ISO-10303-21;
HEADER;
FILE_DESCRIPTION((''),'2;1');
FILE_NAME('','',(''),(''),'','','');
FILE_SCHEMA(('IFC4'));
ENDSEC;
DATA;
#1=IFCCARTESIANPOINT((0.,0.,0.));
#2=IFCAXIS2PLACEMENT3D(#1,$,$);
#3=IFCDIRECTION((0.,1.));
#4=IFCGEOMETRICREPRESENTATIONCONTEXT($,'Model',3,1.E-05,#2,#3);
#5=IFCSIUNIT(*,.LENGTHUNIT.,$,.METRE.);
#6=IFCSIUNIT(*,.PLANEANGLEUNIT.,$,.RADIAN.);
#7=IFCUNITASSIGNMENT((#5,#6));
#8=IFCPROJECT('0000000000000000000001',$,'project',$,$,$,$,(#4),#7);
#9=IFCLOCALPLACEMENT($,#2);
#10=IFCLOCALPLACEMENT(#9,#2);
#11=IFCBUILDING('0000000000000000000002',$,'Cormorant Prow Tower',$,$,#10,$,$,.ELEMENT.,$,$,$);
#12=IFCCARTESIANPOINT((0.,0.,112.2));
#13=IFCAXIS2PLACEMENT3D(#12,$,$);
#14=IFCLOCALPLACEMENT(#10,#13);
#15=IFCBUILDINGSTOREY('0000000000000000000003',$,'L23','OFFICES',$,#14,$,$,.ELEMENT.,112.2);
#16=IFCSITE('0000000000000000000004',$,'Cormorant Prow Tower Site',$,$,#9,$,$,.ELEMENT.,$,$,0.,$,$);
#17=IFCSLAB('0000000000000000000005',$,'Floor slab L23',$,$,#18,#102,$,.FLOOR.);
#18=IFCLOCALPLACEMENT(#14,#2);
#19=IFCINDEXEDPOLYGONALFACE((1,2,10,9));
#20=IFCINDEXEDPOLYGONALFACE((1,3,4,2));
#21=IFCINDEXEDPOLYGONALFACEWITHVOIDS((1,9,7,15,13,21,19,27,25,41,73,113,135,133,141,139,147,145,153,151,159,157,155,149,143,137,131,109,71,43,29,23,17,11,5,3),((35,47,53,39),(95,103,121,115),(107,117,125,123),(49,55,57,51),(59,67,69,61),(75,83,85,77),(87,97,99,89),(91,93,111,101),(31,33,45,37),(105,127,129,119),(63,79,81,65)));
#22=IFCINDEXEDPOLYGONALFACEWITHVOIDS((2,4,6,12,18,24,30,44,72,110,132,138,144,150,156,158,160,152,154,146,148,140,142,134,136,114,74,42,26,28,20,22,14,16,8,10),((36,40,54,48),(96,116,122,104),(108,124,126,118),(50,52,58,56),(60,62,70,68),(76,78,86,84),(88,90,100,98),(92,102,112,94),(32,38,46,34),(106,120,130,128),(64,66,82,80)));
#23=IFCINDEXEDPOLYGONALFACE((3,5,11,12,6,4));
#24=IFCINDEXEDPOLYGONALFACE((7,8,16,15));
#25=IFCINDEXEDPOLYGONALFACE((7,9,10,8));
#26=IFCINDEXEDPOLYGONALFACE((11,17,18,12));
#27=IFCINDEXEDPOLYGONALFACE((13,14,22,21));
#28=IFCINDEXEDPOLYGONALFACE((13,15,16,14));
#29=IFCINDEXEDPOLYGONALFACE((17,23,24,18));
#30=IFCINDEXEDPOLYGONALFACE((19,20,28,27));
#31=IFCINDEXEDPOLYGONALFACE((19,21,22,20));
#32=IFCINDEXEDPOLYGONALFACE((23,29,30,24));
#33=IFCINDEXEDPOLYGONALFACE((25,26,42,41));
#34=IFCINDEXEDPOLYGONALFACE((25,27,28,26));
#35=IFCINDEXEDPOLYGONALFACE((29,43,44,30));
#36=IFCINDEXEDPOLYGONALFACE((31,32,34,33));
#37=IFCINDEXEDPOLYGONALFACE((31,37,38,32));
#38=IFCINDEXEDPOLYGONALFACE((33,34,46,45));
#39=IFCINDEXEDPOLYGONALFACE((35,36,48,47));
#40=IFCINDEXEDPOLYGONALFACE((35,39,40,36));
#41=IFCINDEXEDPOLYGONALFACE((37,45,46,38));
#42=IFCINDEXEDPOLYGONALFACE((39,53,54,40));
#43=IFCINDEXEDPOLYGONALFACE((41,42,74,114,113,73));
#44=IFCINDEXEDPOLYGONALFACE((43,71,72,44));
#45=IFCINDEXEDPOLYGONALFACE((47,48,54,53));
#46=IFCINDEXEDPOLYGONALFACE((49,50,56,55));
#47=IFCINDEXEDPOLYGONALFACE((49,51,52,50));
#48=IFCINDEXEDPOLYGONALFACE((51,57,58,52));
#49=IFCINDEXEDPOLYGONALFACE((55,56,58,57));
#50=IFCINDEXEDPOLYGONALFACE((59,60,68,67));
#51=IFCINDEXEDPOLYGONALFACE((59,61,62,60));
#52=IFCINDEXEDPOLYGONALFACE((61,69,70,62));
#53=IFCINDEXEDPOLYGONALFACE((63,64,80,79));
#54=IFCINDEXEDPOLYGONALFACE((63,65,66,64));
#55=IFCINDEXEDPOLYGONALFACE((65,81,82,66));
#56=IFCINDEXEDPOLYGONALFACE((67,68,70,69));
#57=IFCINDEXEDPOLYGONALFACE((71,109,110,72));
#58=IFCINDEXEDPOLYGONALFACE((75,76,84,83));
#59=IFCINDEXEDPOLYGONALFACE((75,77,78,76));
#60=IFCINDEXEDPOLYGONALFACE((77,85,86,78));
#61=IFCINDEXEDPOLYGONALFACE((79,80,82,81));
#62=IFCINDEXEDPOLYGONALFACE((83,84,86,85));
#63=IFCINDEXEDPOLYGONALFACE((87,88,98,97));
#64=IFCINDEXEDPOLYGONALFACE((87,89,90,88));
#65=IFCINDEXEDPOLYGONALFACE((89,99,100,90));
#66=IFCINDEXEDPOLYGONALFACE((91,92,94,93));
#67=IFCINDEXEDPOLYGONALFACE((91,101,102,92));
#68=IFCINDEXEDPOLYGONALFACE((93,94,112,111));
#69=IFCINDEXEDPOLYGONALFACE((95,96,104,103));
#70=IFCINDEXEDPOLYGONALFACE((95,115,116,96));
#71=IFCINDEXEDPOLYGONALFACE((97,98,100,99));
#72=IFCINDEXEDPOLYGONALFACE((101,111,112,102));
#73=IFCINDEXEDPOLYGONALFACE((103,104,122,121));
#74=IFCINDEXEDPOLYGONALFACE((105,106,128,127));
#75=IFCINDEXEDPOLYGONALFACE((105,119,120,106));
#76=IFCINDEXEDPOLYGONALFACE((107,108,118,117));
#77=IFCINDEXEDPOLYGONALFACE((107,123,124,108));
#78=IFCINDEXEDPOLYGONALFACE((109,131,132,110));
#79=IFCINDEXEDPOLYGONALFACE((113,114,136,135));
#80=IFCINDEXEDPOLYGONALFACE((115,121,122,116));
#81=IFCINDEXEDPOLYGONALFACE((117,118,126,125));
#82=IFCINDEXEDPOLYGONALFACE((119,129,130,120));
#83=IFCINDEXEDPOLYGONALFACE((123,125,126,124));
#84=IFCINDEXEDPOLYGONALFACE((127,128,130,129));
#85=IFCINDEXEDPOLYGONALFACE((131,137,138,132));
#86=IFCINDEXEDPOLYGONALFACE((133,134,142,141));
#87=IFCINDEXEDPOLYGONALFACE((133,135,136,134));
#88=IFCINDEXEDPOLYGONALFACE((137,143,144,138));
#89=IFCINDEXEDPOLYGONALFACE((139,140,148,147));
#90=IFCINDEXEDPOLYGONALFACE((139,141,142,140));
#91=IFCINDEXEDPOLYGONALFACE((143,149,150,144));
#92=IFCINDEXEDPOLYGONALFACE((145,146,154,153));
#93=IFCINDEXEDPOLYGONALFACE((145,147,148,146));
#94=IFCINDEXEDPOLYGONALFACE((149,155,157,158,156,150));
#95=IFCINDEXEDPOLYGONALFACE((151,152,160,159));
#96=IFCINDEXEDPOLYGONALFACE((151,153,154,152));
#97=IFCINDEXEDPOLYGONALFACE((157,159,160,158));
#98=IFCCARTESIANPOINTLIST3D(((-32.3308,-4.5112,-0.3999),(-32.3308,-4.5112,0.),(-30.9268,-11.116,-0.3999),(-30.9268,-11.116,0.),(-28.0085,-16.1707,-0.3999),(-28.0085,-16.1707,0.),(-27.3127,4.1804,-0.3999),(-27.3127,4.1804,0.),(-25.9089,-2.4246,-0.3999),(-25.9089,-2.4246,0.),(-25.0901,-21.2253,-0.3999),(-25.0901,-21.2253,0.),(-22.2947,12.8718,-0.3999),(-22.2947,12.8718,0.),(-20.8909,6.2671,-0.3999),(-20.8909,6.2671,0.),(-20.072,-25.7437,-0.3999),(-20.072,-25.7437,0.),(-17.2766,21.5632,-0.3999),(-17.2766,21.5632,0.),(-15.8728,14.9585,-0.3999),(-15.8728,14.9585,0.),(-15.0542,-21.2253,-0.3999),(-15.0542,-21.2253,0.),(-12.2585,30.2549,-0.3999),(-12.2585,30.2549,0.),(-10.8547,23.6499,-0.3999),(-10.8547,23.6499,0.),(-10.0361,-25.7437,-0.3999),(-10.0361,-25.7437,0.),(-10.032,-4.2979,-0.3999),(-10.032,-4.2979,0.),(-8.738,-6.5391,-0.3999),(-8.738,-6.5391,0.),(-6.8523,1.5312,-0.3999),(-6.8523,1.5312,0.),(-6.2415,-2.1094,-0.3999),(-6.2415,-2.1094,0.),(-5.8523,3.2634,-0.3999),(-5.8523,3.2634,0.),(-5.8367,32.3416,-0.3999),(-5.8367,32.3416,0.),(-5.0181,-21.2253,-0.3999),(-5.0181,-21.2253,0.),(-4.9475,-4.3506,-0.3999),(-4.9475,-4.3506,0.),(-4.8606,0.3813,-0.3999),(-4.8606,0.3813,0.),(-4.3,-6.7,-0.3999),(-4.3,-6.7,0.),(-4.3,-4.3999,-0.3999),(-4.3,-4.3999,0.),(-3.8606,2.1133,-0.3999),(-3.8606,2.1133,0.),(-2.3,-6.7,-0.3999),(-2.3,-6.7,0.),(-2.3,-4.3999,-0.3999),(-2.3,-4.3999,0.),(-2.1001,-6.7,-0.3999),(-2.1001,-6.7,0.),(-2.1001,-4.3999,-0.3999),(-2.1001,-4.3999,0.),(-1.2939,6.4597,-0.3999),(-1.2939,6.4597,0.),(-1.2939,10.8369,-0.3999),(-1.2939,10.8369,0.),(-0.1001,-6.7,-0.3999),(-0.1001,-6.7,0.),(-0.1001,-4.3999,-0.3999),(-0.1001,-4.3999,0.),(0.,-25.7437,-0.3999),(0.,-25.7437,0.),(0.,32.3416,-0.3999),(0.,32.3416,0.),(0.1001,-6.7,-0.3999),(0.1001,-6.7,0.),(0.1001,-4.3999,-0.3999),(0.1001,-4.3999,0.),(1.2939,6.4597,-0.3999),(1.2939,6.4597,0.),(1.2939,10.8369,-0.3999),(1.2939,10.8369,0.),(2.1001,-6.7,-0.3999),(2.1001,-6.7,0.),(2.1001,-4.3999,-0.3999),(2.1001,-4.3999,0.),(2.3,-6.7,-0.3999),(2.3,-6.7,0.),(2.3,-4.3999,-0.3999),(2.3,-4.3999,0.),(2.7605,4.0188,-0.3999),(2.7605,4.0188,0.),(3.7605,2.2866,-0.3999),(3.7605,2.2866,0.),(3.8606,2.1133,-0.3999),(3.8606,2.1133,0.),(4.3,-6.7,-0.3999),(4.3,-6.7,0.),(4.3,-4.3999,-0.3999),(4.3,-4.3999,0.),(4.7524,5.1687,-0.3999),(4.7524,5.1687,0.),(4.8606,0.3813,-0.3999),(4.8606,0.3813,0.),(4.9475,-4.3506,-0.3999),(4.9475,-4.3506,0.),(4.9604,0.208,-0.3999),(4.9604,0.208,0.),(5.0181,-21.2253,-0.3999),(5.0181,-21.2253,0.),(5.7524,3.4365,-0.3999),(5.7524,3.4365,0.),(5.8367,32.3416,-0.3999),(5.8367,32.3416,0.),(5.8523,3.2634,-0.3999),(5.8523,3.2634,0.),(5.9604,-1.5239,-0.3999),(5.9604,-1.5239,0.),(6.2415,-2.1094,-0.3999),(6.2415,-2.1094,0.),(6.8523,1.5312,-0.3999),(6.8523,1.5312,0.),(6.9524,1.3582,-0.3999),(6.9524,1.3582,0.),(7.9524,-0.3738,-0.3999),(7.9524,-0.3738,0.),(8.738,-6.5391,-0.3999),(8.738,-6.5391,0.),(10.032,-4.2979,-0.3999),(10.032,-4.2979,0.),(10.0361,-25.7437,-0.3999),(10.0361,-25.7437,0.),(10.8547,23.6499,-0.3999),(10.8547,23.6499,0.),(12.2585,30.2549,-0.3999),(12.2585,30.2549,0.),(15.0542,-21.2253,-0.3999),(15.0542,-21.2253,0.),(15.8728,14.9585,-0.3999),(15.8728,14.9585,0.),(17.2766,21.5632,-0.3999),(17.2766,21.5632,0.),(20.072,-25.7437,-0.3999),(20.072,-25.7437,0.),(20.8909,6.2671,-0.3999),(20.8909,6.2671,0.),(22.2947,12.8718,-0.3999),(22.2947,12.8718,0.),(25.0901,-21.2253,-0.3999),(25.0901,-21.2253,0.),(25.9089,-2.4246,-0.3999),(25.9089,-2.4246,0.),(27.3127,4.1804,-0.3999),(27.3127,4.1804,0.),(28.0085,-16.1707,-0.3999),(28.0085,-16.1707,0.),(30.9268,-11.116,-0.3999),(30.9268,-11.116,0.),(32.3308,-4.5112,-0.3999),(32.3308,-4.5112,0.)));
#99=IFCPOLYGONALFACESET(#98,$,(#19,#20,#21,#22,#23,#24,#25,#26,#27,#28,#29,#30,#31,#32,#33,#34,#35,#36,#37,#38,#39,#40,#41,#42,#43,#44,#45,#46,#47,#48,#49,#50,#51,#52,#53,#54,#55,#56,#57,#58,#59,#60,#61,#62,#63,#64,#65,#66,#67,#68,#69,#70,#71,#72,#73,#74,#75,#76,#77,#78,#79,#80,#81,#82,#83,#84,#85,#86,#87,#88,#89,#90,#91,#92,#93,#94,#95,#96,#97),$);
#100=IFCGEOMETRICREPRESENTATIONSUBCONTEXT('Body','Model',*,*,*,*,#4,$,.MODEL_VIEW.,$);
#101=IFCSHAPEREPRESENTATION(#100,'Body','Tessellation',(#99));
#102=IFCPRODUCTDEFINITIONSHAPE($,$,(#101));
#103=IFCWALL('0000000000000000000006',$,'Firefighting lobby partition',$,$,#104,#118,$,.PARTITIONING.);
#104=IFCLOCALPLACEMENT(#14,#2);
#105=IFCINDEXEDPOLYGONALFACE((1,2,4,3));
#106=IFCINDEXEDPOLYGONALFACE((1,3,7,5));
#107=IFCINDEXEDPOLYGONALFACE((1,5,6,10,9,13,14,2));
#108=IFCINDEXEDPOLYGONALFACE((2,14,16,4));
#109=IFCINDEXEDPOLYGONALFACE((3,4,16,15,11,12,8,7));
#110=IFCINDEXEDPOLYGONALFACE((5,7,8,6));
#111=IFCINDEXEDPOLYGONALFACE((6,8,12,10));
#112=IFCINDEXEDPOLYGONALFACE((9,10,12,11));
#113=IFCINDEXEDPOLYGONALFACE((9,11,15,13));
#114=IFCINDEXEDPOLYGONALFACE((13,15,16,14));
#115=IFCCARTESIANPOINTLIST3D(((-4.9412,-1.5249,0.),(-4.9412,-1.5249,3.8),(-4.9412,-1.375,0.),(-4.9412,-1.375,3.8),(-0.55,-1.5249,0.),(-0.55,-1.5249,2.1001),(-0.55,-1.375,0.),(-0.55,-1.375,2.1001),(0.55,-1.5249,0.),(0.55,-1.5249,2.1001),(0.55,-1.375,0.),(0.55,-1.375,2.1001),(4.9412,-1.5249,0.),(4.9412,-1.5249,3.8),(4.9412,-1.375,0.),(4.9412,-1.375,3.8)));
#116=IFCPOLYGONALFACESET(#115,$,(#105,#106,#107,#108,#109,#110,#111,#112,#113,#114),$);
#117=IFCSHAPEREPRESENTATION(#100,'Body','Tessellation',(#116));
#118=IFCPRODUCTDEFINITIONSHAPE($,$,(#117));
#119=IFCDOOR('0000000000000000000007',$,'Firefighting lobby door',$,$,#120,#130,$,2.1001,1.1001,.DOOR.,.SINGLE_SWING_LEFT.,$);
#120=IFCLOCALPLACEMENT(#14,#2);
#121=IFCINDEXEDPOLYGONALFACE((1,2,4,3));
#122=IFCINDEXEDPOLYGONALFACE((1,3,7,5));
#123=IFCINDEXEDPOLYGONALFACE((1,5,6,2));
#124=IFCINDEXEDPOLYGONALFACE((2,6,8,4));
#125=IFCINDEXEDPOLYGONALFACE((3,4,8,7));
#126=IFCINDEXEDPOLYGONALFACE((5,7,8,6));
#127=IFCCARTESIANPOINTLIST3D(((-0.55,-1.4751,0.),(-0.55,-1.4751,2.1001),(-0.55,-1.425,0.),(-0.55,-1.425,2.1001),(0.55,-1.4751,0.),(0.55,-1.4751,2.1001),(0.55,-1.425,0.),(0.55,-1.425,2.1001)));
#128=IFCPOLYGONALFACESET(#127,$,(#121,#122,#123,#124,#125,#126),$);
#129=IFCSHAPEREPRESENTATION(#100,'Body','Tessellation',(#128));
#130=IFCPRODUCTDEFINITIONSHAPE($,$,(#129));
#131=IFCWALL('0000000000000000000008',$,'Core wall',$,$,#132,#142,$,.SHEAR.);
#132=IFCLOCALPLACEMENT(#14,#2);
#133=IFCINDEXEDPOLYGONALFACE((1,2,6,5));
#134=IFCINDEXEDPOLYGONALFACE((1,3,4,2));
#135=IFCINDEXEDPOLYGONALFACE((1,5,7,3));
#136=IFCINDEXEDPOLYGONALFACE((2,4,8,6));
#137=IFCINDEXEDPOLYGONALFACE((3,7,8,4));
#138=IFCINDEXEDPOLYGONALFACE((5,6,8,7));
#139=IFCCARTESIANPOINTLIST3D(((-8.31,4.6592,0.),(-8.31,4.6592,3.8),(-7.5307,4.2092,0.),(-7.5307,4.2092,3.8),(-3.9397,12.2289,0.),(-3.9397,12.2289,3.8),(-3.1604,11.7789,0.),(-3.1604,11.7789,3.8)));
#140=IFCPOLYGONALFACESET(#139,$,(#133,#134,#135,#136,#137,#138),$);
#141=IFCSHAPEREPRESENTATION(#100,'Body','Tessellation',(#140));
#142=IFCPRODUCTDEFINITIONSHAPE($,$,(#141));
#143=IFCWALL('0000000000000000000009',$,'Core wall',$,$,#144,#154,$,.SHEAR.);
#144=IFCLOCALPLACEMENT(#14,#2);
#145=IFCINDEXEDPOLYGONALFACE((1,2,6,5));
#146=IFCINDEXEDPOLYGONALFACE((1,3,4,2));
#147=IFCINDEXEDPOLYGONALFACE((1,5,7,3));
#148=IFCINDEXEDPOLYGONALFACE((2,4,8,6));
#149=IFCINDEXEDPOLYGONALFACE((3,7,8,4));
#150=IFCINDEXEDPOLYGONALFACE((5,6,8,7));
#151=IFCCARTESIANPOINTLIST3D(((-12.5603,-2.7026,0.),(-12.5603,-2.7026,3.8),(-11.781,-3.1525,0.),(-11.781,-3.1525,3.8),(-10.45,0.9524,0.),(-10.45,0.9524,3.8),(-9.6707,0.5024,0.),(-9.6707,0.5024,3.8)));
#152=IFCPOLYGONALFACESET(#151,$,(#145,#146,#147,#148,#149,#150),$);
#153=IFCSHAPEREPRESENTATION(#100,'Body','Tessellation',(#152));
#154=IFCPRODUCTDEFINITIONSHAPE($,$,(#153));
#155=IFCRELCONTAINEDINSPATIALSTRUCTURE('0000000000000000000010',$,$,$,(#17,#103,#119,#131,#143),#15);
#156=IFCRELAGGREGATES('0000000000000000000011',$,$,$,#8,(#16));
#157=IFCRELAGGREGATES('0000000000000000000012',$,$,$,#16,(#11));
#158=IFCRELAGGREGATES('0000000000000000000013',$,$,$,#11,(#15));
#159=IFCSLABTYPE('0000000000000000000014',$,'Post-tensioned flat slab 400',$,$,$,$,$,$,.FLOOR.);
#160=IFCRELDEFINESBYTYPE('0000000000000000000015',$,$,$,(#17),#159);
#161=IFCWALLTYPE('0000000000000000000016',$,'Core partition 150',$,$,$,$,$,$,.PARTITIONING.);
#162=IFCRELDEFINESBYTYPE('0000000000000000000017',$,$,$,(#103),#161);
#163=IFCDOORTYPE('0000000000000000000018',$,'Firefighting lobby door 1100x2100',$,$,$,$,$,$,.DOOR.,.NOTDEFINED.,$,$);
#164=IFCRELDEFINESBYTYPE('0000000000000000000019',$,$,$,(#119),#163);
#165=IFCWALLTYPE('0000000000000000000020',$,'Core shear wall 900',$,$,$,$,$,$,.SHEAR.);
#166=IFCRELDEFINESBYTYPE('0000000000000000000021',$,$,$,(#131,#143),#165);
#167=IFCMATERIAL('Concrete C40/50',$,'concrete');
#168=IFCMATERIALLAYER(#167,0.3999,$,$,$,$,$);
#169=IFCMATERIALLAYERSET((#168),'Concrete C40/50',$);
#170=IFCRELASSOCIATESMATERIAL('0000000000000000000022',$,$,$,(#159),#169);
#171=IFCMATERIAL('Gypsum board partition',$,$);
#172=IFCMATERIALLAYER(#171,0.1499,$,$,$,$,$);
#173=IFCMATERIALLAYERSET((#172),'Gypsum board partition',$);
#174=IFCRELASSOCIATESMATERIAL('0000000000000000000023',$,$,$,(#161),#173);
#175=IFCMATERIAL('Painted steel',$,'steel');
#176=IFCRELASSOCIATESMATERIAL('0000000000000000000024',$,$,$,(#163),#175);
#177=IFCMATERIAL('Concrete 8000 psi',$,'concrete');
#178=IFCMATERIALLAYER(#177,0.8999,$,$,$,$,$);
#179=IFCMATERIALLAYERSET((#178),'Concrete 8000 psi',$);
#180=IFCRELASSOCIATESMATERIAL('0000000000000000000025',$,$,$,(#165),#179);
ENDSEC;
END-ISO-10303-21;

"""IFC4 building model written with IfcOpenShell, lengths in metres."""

from ifc_helpers import new_model, si_unit, direction, frame, frame_2d, origin, place, context, subcontext, project, spatial, polyline, rectangle, outline, extrude, material, layer, layer_set, type_object, element, fill, save


model = new_model("IFC4")

# Units and contexts
model_context = context("Model", 3, precision=1e-05, world=origin(), true_north=direction((0.0, 1.0)))
body_context = subcontext(model_context, "Body", "Model", "MODEL_VIEW")
ifc_project = project(units=[si_unit("LENGTHUNIT", "METRE"), si_unit("PLANEANGLEUNIT", "RADIAN")], contexts=[model_context])

# Site, building, storey
site_placement = place(None, origin())
site = spatial("IfcSite", under=ifc_project, at=site_placement, Name="Cormorant Prow Tower Site", CompositionType="ELEMENT", RefElevation=0.0)
building_placement = place(site_placement, origin())
building = spatial("IfcBuilding", under=site, at=building_placement, Name="Cormorant Prow Tower", CompositionType="ELEMENT")
storey_placement = place(building_placement, frame((0.0, 0.0, 112.2)))
storey = spatial("IfcBuildingStorey", under=building, at=storey_placement, Name="L23", Description="OFFICES", CompositionType="ELEMENT", Elevation=112.2)

# Slab
ifc_material_1 = material(Name="Concrete C40/50", Category="concrete")
ifc_layer_1 = layer(ifc_material_1, 0.3999)
ifc_layer_set_1 = layer_set([ifc_layer_1], Name="Concrete C40/50")
slab_type_1 = type_object("IfcSlabType", Name="Post-tensioned flat slab 400", PredefinedType="FLOOR", material=ifc_layer_set_1)
slab_1_placement = place(storey_placement, frame((0.0, 0.0, -0.3999)))
element("IfcSlab", 1, at=slab_1_placement, inside=storey, type_object=slab_type_1, Name="Floor slab L23", PredefinedType="FLOOR", context=body_context, shape_type="SweptSolid", body=[
    extrude(outline(polyline([(-12.2585, 30.2549), (-10.8547, 23.6499), (-17.2766, 21.5632), (-15.8728, 14.9585), (-22.2947, 12.8718), (-20.8909, 6.2671), (-27.3127, 4.1804), (-25.9089, -2.4246), (-32.3308, -4.5112), (-30.9268, -11.116), (-28.0085, -16.1707), (-25.0901, -21.2253), (-20.072, -25.7437), (-15.0542, -21.2253), (-10.0361, -25.7437), (-5.0181, -21.2253), (0.0, -25.7437), (5.0181, -21.2253), (10.0361, -25.7437), (15.0542, -21.2253), (20.072, -25.7437), (25.0901, -21.2253), (28.0085, -16.1707), (30.9268, -11.116), (32.3308, -4.5112), (25.9089, -2.4246), (27.3127, 4.1804), (20.8909, 6.2671), (22.2947, 12.8718), (15.8728, 14.9585), (17.2766, 21.5632), (10.8547, 23.6499), (12.2585, 30.2549), (5.8367, 32.3416), (0.0, 32.3416), (-5.8367, 32.3416), (-12.2585, 30.2549)]), holes=[polyline([(-4.3, -6.7), (-4.3, -4.3999), (-2.3, -4.3999), (-2.3, -6.7), (-4.3, -6.7)]), polyline([(-2.1001, -4.3999), (-0.1001, -4.3999), (-0.1001, -6.7), (-2.1001, -6.7), (-2.1001, -4.3999)]), polyline([(2.1001, -4.3999), (2.1001, -6.7), (0.1001, -6.7), (0.1001, -4.3999), (2.1001, -4.3999)]), polyline([(4.3, -6.7), (2.3, -6.7), (2.3, -4.3999), (4.3, -4.3999), (4.3, -6.7)]), polyline([(7.9524, -0.3738), (5.9604, -1.5239), (4.9604, 0.208), (6.9524, 1.3582), (7.9524, -0.3738)]), polyline([(4.8606, 0.3813), (3.8606, 2.1133), (5.8523, 3.2634), (6.8523, 1.5312), (4.8606, 0.3813)]), polyline([(2.7605, 4.0188), (4.7524, 5.1687), (5.7524, 3.4365), (3.7605, 2.2866), (2.7605, 4.0188)]), polyline([(-6.8523, 1.5312), (-5.8523, 3.2634), (-3.8606, 2.1133), (-4.8606, 0.3813), (-6.8523, 1.5312)]), polyline([(-4.9475, -4.3506), (-8.738, -6.5391), (-10.032, -4.2979), (-6.2415, -2.1094), (-4.9475, -4.3506)]), polyline([(10.032, -4.2979), (8.738, -6.5391), (4.9475, -4.3506), (6.2415, -2.1094), (10.032, -4.2979)]), polyline([(1.2939, 10.8369), (1.2939, 6.4597), (-1.2939, 6.4597), (-1.2939, 10.8369), (1.2939, 10.8369)])]), origin(), (0.0, 0.0, 1.0), 0.3999),
])

# Wall, opening, door
ifc_material_2 = material(Name="Gypsum board partition")
ifc_layer_2 = layer(ifc_material_2, 0.1499)
ifc_layer_set_2 = layer_set([ifc_layer_2], Name="Gypsum board partition")
wall_type_1 = type_object("IfcWallType", Name="Core partition 150", PredefinedType="PARTITIONING", material=ifc_layer_set_2)
wall_1_placement = place(storey_placement, frame((-4.9412, -1.45, 0.0), z_axis=(0.0, 0.0, 1.0), x_axis=(1.0, 0.0, 0.0)))
wall_1 = element("IfcWall", 2, at=wall_1_placement, inside=storey, type_object=wall_type_1, Name="Firefighting lobby partition", PredefinedType="PARTITIONING", context=body_context, shape_type="SweptSolid", body=[
    extrude(rectangle(XDim=9.8823, YDim=0.1499, at=frame_2d((4.9412, 0.0))), origin(), (0.0, 0.0, 1.0), 3.8),
])
opening_1_placement = place(wall_1_placement, frame((4.3911, 0.0, 0.0)))
opening_1 = element("IfcOpeningElement", 3, at=opening_1_placement, cuts=wall_1, PredefinedType="OPENING", context=body_context, shape_type="SweptSolid", body=[
    extrude(rectangle(XDim=1.1001, YDim=2.1001, at=frame_2d((0.55, 1.05))), frame((0.0, 0.085, 0.0), z_axis=(0.0, -1.0, 0.0), x_axis=(1.0, 0.0, 0.0)), (0.0, 0.0, 1.0), 0.1699),
])
ifc_material_3 = material(Name="Painted steel", Category="steel")
door_type_1 = type_object("IfcDoorType", Name="Firefighting lobby door 1100x2100", OperationType="NOTDEFINED", PredefinedType="DOOR", material=ifc_material_3)
door_1_placement = place(opening_1_placement, origin())
door_1 = element("IfcDoor", 4, at=door_1_placement, inside=storey, type_object=door_type_1, Name="Firefighting lobby door", OperationType="SINGLE_SWING_LEFT", OverallHeight=2.1001, OverallWidth=1.1001, PredefinedType="DOOR", context=body_context, shape_type="SweptSolid", body=[
    extrude(rectangle(XDim=1.1001, YDim=2.1001, at=frame_2d((0.55, 1.05))), frame((0.0, 0.0249, 0.0), z_axis=(0.0, -1.0, 0.0), x_axis=(1.0, 0.0, 0.0)), (0.0, 0.0, 1.0), 0.05),
])
fill(opening_1, door_1)

# Walls
ifc_material_4 = material(Name="Concrete 8000 psi", Category="concrete")
ifc_layer_3 = layer(ifc_material_4, 0.8999)
ifc_layer_set_3 = layer_set([ifc_layer_3], Name="Concrete 8000 psi")
wall_type_2 = type_object("IfcWallType", Name="Core shear wall 900", PredefinedType="SHEAR", material=ifc_layer_set_3)
wall_2_placement = place(storey_placement, frame((-3.55, 12.0039, 0.0), z_axis=(0.0, 0.0, 1.0), x_axis=(-0.499993, -0.866029, 0.0)))
element("IfcWall", 5, at=wall_2_placement, inside=storey, type_object=wall_type_2, Name="Core wall", PredefinedType="SHEAR", context=body_context, shape_type="SweptSolid", body=[
    extrude(rectangle(XDim=8.7407, YDim=0.8999, at=frame_2d((4.3704, 0.0))), origin(), (0.0, 0.0, 1.0), 3.8),
])
wall_3_placement = place(storey_placement, frame((-10.0603, 0.7275, 0.0), z_axis=(0.0, 0.0, 1.0), x_axis=(-0.500021, -0.866013, 0.0)))
element("IfcWall", 6, at=wall_3_placement, inside=storey, type_object=wall_type_2, Name="Core wall", PredefinedType="SHEAR", context=body_context, shape_type="SweptSolid", body=[
    extrude(rectangle(XDim=4.2205, YDim=0.8999, at=frame_2d((2.1104, 0.0))), origin(), (0.0, 0.0, 1.0), 3.8),
])

save(model, "model.ifc")
